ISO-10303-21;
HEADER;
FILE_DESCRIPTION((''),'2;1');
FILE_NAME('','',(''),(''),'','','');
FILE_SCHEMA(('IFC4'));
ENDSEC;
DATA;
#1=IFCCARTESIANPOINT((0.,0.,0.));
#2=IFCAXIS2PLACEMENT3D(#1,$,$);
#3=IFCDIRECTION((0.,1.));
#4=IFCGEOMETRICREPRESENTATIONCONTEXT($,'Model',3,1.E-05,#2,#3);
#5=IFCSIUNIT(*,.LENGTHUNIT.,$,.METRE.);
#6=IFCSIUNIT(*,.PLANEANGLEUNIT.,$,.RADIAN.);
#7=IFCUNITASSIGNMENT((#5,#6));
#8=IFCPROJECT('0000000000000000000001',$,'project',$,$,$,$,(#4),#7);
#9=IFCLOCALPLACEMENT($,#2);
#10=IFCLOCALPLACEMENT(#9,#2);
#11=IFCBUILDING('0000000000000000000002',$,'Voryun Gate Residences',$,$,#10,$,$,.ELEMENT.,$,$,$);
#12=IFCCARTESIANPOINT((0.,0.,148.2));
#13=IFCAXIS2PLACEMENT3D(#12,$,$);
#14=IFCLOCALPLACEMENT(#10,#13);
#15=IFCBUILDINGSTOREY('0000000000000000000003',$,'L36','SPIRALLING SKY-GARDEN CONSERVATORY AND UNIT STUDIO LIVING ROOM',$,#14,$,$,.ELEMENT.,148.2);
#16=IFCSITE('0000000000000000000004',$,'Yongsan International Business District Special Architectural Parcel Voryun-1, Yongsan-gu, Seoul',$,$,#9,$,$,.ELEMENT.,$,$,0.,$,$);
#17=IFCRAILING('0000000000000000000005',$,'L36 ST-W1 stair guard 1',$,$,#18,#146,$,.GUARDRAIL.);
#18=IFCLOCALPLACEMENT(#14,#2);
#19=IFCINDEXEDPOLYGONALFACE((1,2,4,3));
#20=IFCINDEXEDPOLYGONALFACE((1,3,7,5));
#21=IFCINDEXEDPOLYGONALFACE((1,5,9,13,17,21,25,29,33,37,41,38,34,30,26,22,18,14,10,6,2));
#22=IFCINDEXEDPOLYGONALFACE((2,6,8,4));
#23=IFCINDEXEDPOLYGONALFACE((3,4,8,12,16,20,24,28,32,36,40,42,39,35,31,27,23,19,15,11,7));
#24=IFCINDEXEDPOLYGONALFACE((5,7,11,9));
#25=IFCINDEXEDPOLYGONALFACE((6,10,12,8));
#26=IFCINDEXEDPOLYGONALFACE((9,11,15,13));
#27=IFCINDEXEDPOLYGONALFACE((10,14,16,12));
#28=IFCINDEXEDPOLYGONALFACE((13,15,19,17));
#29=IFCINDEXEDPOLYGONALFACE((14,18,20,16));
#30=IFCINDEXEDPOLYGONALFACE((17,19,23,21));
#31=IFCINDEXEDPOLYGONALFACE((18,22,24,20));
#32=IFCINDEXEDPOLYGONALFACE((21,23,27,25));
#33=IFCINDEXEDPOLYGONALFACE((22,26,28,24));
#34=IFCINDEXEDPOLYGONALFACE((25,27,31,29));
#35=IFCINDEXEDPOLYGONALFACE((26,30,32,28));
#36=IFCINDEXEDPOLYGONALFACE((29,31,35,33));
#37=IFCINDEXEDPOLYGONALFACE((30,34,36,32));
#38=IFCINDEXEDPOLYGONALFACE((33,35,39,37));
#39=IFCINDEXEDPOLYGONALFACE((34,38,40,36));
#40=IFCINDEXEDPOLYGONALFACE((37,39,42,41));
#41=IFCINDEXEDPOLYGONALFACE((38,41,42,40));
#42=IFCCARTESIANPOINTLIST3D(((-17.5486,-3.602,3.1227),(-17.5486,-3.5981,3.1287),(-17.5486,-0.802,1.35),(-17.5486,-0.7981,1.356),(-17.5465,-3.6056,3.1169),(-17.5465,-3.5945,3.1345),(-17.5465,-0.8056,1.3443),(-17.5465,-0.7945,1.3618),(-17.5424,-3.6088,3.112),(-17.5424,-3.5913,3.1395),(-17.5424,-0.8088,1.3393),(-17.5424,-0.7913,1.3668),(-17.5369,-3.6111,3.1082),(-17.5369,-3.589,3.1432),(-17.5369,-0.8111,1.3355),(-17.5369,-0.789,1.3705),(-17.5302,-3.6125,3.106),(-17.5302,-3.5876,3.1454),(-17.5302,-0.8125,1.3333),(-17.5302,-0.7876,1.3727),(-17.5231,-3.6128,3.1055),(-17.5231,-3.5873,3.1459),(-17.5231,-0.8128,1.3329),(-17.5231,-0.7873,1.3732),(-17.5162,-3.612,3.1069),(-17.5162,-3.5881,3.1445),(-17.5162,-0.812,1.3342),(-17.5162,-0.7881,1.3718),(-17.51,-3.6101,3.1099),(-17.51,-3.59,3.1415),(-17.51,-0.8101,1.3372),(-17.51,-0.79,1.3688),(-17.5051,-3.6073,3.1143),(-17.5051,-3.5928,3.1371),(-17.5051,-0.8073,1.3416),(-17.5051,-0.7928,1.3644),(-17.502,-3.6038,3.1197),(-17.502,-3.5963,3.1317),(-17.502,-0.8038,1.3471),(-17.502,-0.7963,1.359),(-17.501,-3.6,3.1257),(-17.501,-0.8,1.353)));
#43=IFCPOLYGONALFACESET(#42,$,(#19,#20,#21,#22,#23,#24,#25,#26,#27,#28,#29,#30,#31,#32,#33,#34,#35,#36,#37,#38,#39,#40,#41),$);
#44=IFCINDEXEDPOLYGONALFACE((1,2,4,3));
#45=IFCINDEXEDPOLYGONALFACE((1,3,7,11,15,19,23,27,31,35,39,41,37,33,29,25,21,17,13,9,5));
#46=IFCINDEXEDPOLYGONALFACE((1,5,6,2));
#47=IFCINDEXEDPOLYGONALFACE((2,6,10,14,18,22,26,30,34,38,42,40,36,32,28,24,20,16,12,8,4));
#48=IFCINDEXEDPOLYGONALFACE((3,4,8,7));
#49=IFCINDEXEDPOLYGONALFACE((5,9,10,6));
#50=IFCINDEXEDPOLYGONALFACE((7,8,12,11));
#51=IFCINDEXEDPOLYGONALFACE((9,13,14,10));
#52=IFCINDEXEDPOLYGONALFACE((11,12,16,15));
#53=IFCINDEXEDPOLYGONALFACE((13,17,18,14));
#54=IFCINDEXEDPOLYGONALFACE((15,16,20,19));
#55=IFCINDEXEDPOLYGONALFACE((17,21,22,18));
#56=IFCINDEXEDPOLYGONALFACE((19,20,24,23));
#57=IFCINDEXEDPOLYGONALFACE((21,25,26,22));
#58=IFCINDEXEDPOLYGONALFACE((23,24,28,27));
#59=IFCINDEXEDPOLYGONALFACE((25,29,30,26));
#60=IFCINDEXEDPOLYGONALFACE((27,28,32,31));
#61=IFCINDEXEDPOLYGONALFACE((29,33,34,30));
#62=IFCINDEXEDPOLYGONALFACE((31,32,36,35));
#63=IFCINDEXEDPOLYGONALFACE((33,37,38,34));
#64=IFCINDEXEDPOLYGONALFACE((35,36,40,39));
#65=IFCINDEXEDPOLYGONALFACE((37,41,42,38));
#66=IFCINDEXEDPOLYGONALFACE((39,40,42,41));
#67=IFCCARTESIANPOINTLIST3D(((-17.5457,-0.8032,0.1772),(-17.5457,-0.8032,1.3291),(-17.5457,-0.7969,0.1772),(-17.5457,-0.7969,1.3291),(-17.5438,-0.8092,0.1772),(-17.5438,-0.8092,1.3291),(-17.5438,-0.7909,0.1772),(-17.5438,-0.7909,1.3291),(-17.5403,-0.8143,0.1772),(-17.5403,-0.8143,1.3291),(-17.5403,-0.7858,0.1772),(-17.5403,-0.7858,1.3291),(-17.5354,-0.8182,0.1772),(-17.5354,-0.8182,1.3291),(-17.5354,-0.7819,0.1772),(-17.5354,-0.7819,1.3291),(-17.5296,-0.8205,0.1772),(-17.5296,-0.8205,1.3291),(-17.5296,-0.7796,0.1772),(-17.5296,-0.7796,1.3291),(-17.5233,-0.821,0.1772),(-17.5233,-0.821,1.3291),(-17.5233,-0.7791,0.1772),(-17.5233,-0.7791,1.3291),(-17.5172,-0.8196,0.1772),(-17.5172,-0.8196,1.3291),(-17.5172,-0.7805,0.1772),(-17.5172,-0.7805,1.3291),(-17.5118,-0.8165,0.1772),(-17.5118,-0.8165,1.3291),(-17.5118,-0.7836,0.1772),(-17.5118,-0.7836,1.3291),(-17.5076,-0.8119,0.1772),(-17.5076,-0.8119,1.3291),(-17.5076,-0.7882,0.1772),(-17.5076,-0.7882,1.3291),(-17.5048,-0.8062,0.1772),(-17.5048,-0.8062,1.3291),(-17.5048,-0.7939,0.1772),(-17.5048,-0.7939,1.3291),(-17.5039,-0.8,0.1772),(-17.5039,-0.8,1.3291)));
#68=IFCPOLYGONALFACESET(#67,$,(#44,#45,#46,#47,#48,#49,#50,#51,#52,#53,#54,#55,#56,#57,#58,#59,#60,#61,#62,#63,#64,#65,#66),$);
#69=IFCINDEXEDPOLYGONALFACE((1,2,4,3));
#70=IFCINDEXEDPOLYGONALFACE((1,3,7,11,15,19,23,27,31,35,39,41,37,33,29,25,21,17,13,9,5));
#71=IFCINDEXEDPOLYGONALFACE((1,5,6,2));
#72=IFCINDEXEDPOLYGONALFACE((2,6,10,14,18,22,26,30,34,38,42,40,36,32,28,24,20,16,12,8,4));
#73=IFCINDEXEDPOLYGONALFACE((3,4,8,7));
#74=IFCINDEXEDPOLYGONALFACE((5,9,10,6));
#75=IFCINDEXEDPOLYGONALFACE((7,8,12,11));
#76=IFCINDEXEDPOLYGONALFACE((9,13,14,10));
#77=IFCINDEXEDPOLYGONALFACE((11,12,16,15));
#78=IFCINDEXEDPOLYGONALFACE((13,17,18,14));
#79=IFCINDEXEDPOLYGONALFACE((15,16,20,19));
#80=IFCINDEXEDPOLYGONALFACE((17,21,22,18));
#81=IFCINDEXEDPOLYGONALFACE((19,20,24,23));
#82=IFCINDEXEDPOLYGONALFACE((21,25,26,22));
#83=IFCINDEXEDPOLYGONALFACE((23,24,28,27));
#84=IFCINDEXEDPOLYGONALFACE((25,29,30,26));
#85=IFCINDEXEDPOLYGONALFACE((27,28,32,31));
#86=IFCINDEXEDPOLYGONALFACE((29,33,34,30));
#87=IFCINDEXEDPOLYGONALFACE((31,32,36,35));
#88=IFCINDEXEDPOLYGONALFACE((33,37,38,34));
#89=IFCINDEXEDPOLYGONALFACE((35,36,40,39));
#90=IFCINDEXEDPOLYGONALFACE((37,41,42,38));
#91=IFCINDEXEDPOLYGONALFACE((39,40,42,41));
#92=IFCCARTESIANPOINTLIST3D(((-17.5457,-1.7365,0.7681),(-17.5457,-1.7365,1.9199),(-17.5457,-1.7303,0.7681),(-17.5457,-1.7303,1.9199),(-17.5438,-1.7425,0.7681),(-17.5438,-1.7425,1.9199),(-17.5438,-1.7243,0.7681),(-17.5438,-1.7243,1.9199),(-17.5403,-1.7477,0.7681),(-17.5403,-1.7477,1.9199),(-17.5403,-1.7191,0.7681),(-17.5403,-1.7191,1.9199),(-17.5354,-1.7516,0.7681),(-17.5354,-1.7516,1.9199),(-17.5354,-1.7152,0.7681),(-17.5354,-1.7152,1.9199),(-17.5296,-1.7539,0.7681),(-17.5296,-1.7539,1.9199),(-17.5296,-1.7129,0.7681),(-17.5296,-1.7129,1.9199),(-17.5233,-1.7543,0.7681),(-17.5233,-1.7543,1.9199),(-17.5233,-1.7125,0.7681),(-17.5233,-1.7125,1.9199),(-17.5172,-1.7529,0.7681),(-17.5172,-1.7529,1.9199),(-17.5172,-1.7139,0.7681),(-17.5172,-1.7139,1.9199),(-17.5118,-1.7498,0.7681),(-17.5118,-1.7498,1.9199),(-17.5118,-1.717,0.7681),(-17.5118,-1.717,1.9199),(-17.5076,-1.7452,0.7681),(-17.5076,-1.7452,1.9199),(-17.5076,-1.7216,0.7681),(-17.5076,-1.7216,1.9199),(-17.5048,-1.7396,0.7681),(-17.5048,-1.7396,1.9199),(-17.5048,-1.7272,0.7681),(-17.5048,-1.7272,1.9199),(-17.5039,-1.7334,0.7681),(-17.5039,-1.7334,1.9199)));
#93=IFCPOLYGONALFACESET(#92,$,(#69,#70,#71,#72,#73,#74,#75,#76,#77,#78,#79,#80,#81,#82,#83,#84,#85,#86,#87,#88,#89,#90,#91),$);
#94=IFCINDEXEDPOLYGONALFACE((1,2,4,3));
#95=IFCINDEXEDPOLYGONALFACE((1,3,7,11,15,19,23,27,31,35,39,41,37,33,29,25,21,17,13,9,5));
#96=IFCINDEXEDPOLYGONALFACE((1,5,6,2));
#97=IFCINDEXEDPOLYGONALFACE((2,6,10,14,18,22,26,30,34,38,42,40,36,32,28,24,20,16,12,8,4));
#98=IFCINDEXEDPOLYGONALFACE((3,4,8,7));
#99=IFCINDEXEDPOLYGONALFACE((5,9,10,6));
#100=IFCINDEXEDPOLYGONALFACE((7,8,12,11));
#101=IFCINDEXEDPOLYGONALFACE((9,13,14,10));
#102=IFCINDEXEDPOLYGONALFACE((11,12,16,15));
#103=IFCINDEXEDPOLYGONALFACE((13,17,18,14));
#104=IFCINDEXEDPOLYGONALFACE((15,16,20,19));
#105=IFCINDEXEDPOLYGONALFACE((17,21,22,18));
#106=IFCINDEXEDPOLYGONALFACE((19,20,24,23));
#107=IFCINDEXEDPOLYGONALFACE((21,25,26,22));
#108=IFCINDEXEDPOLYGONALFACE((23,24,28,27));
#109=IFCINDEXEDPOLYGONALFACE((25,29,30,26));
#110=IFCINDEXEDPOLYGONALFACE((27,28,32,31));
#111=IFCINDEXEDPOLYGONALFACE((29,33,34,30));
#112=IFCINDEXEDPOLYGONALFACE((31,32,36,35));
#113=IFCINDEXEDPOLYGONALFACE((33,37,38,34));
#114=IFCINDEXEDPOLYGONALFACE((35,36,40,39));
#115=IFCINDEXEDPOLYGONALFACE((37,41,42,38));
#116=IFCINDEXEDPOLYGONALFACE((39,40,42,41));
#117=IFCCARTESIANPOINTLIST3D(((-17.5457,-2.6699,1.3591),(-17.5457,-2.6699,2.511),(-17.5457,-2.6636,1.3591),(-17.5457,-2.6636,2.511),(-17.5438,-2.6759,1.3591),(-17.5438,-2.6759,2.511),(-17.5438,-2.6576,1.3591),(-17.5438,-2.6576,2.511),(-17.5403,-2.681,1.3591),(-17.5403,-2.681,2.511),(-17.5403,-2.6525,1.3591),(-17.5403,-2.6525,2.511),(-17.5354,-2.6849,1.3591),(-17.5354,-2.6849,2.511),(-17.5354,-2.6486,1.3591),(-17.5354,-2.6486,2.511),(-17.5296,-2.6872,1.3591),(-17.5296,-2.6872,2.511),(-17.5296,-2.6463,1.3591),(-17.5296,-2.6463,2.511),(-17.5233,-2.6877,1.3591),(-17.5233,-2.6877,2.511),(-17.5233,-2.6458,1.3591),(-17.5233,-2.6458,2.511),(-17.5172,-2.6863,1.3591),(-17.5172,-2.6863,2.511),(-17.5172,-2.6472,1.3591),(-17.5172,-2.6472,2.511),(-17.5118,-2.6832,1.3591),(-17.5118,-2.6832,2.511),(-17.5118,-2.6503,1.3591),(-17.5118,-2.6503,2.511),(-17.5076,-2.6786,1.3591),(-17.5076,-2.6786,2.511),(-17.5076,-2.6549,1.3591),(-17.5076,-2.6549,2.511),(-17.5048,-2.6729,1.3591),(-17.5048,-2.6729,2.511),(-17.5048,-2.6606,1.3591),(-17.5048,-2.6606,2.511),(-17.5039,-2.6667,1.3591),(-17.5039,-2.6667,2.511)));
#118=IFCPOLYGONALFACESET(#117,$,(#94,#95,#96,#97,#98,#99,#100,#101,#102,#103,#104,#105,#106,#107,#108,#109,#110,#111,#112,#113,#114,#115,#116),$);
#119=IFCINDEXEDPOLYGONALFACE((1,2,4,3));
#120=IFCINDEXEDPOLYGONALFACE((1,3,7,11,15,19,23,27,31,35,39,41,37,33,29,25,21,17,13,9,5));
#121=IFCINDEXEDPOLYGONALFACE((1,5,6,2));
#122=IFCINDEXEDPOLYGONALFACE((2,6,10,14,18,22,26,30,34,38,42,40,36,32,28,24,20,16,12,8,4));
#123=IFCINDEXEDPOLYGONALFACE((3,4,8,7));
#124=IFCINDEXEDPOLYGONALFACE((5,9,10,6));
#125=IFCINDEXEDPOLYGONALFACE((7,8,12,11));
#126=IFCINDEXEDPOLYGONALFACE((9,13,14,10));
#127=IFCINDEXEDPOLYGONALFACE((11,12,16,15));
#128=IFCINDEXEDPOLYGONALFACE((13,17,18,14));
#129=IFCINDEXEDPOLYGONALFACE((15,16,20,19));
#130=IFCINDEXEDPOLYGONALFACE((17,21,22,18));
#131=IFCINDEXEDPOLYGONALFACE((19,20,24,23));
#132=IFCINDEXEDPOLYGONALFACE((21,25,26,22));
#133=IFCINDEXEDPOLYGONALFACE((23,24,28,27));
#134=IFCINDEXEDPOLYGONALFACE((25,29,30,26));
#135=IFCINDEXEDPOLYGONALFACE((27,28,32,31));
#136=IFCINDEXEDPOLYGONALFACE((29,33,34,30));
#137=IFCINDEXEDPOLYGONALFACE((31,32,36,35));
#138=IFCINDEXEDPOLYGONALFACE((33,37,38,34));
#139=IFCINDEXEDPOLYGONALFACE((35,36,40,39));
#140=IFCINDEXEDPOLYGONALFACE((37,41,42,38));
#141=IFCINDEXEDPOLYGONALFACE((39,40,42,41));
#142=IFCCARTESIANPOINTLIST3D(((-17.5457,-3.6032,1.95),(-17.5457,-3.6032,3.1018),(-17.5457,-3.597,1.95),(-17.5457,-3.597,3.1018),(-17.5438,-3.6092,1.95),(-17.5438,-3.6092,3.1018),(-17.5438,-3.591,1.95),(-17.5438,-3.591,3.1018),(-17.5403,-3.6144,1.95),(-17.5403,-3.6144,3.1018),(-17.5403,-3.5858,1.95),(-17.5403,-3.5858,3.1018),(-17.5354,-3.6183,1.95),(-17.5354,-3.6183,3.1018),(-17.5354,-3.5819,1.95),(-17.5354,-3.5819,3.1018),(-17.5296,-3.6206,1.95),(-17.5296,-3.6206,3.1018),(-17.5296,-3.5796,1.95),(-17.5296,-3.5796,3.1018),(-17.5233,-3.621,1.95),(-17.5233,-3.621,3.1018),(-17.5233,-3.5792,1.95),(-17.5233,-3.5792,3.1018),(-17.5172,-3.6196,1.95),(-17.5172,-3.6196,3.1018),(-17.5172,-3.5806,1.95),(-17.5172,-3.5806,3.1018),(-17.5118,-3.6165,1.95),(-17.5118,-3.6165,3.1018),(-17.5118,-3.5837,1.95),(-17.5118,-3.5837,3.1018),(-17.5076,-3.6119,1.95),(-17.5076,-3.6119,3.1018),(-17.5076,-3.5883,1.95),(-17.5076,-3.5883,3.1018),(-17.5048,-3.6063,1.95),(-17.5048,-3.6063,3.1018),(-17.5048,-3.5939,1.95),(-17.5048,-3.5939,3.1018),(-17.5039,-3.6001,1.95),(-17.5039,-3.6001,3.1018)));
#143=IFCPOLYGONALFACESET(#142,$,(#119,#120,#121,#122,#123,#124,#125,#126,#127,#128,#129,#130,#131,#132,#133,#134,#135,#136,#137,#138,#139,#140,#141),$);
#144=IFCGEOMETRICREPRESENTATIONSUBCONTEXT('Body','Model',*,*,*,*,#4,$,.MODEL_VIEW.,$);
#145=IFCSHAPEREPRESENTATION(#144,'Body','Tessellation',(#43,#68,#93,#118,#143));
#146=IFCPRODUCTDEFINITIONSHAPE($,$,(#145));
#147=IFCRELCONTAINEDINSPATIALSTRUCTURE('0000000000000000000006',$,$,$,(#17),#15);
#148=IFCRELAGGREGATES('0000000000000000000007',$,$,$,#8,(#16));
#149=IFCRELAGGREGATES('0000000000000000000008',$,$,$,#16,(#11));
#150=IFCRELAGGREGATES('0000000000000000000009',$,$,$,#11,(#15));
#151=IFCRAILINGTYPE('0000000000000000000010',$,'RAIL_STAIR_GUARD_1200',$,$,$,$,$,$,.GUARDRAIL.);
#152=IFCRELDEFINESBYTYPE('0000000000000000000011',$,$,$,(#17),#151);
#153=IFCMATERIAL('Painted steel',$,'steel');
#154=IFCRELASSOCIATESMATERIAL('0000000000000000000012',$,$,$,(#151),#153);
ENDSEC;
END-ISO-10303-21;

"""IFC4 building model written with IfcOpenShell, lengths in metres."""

from ifc_helpers import new_model, si_unit, direction, frame, origin, origin_2d, place, context, subcontext, project, spatial, circle, extrude, material, type_object, element, save


model = new_model("IFC4")

# Units and contexts
model_context = context("Model", 3, precision=1e-05, world=origin(), true_north=direction((0.0, 1.0)))
body_context = subcontext(model_context, "Body", "Model", "MODEL_VIEW")
ifc_project = project(units=[si_unit("LENGTHUNIT", "METRE"), si_unit("PLANEANGLEUNIT", "RADIAN")], contexts=[model_context])

# Site, building, storey
site_placement = place(None, origin())
site = spatial("IfcSite", under=ifc_project, at=site_placement, Name="Yongsan International Business District Special Architectural Parcel Voryun-1, Yongsan-gu, Seoul", CompositionType="ELEMENT", RefElevation=0.0)
building_placement = place(site_placement, origin())
building = spatial("IfcBuilding", under=site, at=building_placement, Name="Voryun Gate Residences", CompositionType="ELEMENT")
storey_placement = place(building_placement, frame((0.0, 0.0, 148.2)))
storey = spatial("IfcBuildingStorey", under=building, at=storey_placement, Name="L36", Description="SPIRALLING SKY-GARDEN CONSERVATORY AND UNIT STUDIO LIVING ROOM", CompositionType="ELEMENT", Elevation=148.2)

# Railing
ifc_material_1 = material(Name="Painted steel", Category="steel")
railing_type_1 = type_object("IfcRailingType", Name="RAIL_STAIR_GUARD_1200", PredefinedType="GUARDRAIL", material=ifc_material_1)
railing_1_placement = place(storey_placement, frame((-17.5249, -0.8, 0.1772)))
element("IfcRailing", 1, at=railing_1_placement, inside=storey, type_object=railing_type_1, Name="L36 ST-W1 stair guard 1", PredefinedType="GUARDRAIL", context=body_context, shape_type="SweptSolid", body=[
    extrude(circle(Radius=0.0239, at=origin_2d()), frame((0.0, 0.0, 1.1758), z_axis=(0.0, -0.844909, 0.53491), x_axis=(1.0, 0.0, 0.0)), (0.0, 0.0, 1.0), 3.314),
    extrude(circle(Radius=0.021, at=origin_2d()), origin(), (0.0, 0.0, 1.0), 1.1519),
    extrude(circle(Radius=0.021, at=origin_2d()), frame((0.0, -0.9333, 0.5908)), (0.0, 0.0, 1.0), 1.1519),
    extrude(circle(Radius=0.021, at=origin_2d()), frame((0.0, -1.8667, 1.1819)), (0.0, 0.0, 1.0), 1.1519),
    extrude(circle(Radius=0.021, at=origin_2d()), frame((0.0, -2.8, 1.7727)), (0.0, 0.0, 1.0), 1.1519),
])

save(model, "model.ifc")
